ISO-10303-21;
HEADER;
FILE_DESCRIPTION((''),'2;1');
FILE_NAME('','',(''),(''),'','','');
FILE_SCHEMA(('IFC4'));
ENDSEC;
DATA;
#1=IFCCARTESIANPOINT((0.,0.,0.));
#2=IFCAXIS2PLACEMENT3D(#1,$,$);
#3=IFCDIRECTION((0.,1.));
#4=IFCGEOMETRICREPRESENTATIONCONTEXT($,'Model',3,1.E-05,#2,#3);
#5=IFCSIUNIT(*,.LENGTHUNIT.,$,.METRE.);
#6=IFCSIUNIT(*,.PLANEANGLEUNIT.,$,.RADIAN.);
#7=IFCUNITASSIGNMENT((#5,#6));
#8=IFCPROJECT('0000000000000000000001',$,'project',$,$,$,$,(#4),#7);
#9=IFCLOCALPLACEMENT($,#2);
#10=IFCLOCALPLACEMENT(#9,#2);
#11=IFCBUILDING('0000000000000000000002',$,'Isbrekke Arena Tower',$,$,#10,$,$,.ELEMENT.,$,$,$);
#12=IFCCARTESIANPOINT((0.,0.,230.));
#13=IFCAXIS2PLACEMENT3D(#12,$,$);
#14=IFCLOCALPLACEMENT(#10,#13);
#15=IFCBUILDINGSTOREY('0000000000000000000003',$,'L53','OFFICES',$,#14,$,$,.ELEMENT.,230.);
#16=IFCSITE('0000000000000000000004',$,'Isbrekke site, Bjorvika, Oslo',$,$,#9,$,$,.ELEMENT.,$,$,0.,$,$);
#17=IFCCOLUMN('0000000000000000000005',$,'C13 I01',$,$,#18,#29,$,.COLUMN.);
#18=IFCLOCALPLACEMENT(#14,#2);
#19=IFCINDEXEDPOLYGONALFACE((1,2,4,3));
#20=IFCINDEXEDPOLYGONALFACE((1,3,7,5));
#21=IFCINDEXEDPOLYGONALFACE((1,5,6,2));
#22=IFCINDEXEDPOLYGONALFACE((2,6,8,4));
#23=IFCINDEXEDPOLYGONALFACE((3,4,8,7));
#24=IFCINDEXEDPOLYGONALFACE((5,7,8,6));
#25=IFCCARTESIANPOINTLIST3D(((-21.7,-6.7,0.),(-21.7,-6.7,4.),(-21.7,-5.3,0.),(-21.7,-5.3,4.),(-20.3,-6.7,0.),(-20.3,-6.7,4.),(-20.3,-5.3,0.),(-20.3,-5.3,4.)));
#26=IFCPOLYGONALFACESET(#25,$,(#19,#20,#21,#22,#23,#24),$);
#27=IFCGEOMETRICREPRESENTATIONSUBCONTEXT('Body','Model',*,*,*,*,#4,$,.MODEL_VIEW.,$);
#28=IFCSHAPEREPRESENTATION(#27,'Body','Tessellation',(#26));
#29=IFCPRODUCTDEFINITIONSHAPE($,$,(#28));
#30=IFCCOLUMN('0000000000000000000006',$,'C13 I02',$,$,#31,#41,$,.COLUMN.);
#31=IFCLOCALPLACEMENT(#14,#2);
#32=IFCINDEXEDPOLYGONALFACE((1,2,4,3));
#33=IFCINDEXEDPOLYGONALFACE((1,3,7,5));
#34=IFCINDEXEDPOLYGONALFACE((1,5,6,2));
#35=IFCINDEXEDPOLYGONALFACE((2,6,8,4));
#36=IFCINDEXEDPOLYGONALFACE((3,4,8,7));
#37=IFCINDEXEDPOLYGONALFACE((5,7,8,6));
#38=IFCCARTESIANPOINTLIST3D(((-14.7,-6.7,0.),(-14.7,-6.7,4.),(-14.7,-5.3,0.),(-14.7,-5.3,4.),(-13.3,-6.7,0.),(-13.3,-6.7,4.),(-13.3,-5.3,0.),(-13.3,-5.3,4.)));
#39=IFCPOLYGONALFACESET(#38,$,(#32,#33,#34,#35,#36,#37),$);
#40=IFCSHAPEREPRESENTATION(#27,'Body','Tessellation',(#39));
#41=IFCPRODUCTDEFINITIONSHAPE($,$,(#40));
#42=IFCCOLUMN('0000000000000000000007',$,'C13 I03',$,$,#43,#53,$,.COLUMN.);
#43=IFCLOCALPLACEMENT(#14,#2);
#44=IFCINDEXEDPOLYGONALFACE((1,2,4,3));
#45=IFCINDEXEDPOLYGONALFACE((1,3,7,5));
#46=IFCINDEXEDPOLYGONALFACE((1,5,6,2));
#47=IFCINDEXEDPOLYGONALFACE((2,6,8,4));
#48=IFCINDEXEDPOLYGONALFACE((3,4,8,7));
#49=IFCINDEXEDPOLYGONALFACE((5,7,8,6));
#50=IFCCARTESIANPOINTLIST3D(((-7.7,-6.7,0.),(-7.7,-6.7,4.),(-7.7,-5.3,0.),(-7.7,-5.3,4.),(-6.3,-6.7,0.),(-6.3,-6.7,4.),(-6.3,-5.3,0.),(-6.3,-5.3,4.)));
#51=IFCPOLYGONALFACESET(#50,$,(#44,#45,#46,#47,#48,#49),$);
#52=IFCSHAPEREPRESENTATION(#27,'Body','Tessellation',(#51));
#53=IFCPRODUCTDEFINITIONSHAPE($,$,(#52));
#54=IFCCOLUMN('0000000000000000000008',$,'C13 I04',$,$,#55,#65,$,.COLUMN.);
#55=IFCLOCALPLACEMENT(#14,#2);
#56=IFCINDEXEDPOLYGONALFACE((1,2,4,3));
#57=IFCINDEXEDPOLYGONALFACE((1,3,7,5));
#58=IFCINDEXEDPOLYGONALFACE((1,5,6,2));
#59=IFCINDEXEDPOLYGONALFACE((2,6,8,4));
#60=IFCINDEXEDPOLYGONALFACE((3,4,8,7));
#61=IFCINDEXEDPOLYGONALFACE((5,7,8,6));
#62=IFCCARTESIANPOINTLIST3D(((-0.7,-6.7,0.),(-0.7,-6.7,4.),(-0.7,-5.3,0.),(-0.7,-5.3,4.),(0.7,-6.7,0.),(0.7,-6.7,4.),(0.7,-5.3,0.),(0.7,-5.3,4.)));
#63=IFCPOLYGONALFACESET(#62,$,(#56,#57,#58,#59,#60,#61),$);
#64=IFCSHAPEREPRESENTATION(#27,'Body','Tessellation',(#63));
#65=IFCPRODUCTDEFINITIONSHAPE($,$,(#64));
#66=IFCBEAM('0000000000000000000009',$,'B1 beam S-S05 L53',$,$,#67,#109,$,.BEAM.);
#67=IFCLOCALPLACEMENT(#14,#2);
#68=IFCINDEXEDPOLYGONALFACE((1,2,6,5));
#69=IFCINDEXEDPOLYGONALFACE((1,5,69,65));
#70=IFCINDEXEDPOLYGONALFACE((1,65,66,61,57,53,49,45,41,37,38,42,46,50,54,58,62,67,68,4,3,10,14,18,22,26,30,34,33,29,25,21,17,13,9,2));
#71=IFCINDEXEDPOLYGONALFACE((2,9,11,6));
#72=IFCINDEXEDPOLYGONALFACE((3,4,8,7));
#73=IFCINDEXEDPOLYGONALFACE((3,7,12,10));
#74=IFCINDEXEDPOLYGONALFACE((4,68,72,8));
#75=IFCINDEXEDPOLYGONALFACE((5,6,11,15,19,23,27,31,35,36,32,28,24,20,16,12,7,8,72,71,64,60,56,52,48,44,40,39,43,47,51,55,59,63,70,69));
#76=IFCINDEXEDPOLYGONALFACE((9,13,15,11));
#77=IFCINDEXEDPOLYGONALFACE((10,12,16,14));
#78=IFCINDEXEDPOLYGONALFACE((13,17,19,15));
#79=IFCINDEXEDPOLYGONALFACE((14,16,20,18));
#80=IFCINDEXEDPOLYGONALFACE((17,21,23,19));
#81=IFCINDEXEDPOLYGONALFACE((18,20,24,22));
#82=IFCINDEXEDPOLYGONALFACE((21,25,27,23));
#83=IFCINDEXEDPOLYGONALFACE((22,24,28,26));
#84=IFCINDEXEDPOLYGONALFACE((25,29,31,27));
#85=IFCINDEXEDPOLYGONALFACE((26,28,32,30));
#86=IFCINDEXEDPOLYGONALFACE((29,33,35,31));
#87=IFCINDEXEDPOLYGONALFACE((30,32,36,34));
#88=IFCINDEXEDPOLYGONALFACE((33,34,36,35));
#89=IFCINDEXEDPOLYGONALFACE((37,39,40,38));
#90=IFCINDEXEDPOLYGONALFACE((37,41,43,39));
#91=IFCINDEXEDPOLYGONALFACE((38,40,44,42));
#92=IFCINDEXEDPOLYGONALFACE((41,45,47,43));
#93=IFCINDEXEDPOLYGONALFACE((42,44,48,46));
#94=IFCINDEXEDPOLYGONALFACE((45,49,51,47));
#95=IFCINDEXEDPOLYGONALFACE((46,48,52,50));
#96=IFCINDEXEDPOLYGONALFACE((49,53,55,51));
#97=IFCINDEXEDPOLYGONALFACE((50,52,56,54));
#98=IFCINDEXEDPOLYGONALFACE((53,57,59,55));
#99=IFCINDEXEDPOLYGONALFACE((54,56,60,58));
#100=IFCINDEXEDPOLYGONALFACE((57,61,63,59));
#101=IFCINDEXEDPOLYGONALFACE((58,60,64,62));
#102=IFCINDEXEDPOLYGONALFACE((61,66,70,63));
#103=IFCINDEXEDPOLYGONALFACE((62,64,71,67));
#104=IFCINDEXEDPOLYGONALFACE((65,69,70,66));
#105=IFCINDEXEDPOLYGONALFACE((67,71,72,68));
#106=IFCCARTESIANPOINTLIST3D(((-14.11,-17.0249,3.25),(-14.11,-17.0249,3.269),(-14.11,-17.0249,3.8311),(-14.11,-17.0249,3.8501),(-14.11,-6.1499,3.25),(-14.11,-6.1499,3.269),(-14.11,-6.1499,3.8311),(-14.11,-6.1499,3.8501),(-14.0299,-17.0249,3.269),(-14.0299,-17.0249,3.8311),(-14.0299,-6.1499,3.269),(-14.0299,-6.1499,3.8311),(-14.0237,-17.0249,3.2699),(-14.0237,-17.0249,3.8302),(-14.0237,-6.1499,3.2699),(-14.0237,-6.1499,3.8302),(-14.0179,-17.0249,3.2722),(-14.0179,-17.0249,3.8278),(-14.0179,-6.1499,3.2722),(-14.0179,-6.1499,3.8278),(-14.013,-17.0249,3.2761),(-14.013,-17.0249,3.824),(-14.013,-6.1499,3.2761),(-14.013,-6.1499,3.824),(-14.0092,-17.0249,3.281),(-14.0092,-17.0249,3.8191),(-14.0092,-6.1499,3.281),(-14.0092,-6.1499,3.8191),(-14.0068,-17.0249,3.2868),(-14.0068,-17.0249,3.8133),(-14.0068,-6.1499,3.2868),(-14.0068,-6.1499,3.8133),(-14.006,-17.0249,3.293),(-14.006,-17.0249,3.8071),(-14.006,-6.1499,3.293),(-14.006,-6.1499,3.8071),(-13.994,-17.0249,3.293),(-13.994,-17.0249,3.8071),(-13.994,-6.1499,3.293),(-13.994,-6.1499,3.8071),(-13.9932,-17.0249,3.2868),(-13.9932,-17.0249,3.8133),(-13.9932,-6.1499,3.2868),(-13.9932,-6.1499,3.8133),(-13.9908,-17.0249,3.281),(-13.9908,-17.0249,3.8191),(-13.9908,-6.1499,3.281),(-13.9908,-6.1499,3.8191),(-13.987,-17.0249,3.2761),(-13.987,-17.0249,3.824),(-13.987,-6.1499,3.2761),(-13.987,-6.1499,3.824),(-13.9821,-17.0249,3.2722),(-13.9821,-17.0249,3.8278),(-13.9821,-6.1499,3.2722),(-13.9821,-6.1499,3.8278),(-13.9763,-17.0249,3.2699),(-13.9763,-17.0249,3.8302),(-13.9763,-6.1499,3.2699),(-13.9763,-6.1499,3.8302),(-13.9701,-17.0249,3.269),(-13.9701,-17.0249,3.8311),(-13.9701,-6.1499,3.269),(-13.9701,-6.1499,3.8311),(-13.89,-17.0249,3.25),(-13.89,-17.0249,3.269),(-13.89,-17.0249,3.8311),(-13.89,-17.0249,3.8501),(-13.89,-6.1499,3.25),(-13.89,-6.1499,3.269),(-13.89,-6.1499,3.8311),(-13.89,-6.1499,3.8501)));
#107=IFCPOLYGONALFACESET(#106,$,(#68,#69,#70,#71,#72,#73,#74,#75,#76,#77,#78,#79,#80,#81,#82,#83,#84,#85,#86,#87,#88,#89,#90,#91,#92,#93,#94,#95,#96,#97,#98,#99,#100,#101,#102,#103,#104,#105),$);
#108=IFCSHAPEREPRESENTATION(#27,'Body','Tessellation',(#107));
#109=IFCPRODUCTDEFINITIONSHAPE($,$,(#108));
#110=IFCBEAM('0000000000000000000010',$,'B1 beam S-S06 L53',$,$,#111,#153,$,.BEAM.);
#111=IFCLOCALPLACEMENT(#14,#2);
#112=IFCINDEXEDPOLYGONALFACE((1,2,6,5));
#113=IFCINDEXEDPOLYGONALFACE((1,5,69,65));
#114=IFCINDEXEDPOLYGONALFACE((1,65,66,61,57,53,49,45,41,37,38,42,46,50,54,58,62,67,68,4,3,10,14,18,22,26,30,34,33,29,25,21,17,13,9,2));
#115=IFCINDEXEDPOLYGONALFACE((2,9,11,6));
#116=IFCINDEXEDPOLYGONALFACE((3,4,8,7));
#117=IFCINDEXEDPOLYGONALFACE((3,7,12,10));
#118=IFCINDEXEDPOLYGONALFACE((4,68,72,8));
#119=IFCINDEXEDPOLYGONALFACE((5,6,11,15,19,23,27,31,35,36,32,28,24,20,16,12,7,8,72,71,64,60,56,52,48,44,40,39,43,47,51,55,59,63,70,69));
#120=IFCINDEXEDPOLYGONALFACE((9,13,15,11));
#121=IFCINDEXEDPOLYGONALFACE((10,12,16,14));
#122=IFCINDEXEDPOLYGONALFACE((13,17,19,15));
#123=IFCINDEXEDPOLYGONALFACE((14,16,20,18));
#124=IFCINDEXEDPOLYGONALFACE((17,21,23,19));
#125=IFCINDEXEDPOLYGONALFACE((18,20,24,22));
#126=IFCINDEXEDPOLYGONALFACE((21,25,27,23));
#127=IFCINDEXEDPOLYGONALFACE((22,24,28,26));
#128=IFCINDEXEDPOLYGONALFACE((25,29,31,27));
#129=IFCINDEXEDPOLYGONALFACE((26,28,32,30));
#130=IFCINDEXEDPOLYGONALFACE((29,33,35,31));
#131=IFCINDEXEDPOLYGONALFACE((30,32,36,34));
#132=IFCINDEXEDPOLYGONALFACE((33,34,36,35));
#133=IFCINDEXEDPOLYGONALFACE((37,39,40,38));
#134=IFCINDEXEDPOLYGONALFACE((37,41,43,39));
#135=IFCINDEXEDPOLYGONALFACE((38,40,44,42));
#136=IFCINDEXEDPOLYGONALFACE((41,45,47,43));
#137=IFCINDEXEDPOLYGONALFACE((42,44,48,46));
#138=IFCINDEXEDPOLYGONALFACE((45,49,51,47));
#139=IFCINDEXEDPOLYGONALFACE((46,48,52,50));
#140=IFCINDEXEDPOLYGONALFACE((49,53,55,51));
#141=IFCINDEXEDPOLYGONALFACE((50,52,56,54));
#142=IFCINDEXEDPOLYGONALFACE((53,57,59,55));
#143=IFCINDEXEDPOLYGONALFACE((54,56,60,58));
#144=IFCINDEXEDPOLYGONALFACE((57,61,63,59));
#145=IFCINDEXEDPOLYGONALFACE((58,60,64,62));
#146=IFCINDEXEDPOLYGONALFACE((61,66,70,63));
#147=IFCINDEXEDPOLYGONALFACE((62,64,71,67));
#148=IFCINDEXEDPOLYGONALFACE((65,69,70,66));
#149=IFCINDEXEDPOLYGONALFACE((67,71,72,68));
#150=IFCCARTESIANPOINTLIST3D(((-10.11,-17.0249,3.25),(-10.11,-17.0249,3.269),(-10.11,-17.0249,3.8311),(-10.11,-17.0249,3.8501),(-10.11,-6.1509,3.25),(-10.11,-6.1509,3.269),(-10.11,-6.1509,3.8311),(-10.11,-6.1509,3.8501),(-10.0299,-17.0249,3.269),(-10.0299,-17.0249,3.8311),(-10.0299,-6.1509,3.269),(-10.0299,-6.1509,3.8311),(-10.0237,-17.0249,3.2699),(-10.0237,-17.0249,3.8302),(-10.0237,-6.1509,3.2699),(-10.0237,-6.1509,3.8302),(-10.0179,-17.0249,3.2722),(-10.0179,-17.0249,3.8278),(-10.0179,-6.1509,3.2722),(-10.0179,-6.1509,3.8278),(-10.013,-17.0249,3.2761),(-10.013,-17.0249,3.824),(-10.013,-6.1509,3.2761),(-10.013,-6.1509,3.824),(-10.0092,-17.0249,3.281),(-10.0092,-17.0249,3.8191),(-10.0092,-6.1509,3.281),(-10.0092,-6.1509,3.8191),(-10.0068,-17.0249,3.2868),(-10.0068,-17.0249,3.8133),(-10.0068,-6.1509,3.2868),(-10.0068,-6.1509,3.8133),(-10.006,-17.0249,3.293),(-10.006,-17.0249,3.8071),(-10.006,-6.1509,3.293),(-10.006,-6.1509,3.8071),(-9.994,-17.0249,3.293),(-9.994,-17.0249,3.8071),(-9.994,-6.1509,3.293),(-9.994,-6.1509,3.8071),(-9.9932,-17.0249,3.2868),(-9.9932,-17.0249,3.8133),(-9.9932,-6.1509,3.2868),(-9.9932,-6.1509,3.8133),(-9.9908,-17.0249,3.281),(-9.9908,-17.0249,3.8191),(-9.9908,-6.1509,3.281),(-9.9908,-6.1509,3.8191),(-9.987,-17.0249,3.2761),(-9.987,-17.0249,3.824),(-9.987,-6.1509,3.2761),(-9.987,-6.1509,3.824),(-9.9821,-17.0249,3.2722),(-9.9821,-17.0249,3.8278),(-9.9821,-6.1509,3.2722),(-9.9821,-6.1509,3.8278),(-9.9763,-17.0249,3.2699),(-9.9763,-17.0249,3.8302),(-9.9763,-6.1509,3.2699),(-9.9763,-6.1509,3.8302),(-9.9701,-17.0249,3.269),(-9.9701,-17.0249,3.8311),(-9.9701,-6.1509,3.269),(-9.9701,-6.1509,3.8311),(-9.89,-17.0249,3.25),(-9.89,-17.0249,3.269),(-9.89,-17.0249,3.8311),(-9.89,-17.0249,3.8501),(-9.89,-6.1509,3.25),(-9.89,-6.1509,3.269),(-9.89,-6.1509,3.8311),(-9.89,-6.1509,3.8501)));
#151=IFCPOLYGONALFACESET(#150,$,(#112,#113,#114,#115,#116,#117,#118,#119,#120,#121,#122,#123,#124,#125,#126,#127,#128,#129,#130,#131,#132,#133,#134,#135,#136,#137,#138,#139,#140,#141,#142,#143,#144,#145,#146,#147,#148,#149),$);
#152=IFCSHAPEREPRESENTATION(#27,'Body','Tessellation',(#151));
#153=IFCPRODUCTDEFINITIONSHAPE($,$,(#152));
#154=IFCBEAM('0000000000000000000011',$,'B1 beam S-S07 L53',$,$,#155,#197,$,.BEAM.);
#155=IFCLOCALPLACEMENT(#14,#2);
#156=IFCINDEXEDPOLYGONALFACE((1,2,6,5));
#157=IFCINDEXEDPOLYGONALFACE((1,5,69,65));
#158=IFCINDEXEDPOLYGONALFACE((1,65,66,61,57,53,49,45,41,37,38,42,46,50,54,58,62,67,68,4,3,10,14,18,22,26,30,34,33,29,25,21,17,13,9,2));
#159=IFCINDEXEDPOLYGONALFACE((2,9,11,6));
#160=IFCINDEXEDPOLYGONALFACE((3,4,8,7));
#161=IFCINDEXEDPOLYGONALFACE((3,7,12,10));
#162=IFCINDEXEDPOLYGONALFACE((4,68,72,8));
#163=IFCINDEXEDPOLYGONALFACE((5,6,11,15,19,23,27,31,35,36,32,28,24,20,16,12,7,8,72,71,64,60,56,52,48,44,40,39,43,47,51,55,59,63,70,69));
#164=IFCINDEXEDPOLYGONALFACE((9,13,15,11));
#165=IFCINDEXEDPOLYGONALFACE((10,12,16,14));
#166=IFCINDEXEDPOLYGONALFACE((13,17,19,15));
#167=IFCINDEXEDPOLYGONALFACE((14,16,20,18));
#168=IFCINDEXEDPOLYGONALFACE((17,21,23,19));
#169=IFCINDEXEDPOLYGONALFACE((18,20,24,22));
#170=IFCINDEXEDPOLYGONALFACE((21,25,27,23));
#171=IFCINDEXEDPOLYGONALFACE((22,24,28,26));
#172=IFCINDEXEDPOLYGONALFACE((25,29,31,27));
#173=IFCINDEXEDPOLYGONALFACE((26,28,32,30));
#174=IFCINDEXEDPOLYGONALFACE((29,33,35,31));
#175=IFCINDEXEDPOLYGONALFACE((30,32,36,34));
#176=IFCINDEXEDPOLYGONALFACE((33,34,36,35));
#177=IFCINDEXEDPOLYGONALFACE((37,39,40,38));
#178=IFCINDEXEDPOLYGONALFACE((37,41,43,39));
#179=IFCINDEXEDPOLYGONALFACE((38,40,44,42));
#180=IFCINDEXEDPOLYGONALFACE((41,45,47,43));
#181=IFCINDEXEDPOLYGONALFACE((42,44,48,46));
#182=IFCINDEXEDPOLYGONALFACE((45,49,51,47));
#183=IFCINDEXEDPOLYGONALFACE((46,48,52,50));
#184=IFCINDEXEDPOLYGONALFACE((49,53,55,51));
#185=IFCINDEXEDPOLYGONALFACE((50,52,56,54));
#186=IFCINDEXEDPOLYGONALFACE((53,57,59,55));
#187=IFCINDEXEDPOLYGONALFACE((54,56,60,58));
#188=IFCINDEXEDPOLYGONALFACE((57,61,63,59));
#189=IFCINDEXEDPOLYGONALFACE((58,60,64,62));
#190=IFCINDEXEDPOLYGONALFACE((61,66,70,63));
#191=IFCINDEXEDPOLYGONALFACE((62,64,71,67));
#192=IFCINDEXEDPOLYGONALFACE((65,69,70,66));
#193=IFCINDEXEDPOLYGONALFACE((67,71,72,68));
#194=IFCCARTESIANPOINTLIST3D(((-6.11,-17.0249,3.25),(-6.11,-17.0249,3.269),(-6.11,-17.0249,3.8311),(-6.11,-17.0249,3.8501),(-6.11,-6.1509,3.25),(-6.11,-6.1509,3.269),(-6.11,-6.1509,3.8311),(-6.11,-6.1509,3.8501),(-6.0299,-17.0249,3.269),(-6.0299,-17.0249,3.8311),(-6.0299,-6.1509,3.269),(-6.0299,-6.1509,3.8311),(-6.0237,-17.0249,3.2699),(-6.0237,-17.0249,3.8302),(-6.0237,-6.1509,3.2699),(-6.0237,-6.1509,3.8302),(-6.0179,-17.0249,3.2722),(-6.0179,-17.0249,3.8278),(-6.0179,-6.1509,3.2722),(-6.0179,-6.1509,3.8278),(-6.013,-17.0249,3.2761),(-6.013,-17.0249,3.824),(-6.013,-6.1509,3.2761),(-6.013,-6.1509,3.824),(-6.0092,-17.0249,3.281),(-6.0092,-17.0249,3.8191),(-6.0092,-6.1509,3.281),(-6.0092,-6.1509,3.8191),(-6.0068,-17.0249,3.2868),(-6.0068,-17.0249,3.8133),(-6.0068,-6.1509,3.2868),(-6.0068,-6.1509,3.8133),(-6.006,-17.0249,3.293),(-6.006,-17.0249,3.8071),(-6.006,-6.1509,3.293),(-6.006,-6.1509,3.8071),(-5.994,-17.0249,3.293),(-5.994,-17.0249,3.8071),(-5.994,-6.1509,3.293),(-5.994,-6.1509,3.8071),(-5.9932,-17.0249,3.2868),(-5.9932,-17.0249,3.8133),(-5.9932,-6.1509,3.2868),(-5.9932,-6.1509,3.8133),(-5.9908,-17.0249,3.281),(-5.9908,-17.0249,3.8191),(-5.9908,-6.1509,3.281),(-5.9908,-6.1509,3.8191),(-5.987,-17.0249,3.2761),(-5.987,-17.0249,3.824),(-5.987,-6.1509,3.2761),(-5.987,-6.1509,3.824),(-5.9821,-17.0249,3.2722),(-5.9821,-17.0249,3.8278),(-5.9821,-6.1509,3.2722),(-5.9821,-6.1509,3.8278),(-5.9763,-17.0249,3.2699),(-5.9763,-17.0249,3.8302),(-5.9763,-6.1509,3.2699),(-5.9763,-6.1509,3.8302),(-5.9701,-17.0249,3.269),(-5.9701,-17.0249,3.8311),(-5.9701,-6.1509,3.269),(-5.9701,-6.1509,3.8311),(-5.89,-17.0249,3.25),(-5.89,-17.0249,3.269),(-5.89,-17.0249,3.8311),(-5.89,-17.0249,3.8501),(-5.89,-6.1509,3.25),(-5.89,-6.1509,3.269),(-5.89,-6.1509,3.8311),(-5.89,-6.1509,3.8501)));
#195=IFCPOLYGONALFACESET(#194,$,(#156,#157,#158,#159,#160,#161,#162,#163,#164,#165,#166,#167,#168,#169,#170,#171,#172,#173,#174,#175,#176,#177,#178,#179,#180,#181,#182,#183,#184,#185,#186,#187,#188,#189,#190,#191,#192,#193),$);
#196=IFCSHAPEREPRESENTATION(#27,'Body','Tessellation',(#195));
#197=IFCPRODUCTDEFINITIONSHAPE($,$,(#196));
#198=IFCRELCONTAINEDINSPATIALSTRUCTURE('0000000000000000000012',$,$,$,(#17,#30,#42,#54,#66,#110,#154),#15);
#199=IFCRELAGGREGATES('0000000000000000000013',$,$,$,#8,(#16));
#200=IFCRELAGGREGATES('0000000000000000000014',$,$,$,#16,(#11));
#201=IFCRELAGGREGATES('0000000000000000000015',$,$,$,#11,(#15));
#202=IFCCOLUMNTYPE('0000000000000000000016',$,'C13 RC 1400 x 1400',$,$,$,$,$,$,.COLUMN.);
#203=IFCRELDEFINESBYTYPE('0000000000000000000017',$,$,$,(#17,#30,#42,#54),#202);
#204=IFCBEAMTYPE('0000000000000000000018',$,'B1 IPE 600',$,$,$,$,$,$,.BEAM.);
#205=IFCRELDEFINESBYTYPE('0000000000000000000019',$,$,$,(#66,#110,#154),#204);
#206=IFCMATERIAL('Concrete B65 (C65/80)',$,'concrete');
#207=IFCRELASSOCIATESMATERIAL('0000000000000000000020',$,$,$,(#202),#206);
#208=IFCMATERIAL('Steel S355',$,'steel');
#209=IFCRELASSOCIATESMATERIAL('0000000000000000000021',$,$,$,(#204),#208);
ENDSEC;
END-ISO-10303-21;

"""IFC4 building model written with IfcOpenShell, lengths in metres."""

from ifc_helpers import new_model, si_unit, direction, frame, origin, origin_2d, place, context, subcontext, project, spatial, rectangle, i_section, extrude, material, material_profile, profile_set, type_object, element, save


model = new_model("IFC4")

# Units and contexts
model_context = context("Model", 3, precision=1e-05, world=origin(), true_north=direction((0.0, 1.0)))
body_context = subcontext(model_context, "Body", "Model", "MODEL_VIEW")
ifc_project = project(units=[si_unit("LENGTHUNIT", "METRE"), si_unit("PLANEANGLEUNIT", "RADIAN")], contexts=[model_context])

# Site, building, storey
site_placement = place(None, origin())
site = spatial("IfcSite", under=ifc_project, at=site_placement, Name="Isbrekke site, Bjorvika, Oslo", CompositionType="ELEMENT", RefElevation=0.0)
building_placement = place(site_placement, origin())
building = spatial("IfcBuilding", under=site, at=building_placement, Name="Isbrekke Arena Tower", CompositionType="ELEMENT")
storey_placement = place(building_placement, frame((0.0, 0.0, 230.0)))
storey = spatial("IfcBuildingStorey", under=building, at=storey_placement, Name="L53", Description="OFFICES", CompositionType="ELEMENT", Elevation=230.0)

# Columns
ifc_material_1 = material(Name="Concrete B65 (C65/80)", Category="concrete")
ifc_material_profile_1 = material_profile(ifc_material_1, rectangle(XDim=1.3999, YDim=1.3999, at=origin_2d()), Name="RC 1400x1400")
ifc_profile_set_1 = profile_set([ifc_material_profile_1], Name="Concrete B65 (C65/80)")
column_type = type_object("IfcColumnType", Name="C13 RC 1400 x 1400", PredefinedType="COLUMN", material=ifc_profile_set_1)
for number, where, z_axis, x_axis, name in (
    (1, (-21.0, -6.0, 0.0), (0.0, 0.0, 1.0), (1.0, 0.0, 0.0), "C13 I01"),
    (2, (-14.0, -6.0, 0.0), (0.0, 0.0, 1.0), (1.0, 0.0, 0.0), "C13 I02"),
    (3, (-7.0, -6.0, 0.0), (0.0, 0.0, 1.0), (1.0, 0.0, 0.0), "C13 I03"),
    (4, (0.0, -6.0, 0.0), (0.0, 0.0, 1.0), (1.0, 0.0, 0.0), "C13 I04"),
):
    element("IfcColumn", number, at=place(storey_placement, frame(where, z_axis=z_axis, x_axis=x_axis)), inside=storey, type_object=column_type, Name=name, PredefinedType="COLUMN", context=body_context, shape_type="SweptSolid", body=[
        extrude(rectangle(XDim=1.3999, YDim=1.3999, at=origin_2d()), origin(), (0.0, 0.0, 1.0), 4.0),
    ])

# Beams
ifc_material_2 = material(Name="Steel S355", Category="steel")
ifc_material_profile_2 = material_profile(ifc_material_2, i_section(OverallWidth=0.22, OverallDepth=0.6001, WebThickness=0.012, FlangeThickness=0.019, FilletRadius=0.0239, at=origin_2d()), Name="IPE 600")
ifc_profile_set_2 = profile_set([ifc_material_profile_2], Name="Steel S355")
beam_type_1 = type_object("IfcBeamType", Name="B1 IPE 600", PredefinedType="BEAM", material=ifc_profile_set_2)
beam_1_placement = place(storey_placement, frame((-14.0, -17.0249, 3.55), z_axis=(0.0, 1.0, 0.0), x_axis=(-1.0, 0.0, 0.0)))
element("IfcBeam", 5, at=beam_1_placement, inside=storey, type_object=beam_type_1, Name="B1 beam S-S05 L53", PredefinedType="BEAM", context=body_context, shape_type="SweptSolid", body=[
    extrude(i_section(OverallWidth=0.22, OverallDepth=0.6001, WebThickness=0.012, FlangeThickness=0.019, FilletRadius=0.0239, at=origin_2d()), origin(), (0.0, 0.0, 1.0), 10.875),
])
for number, where, z_axis, x_axis, name in (
    (6, (-10.0, -17.0249, 3.55), (0.0, 1.0, 0.0), (-1.0, 0.0, 0.0), "B1 beam S-S06 L53"),
    (7, (-6.0, -17.0249, 3.55), (0.0, 1.0, 0.0), (-1.0, 0.0, 0.0), "B1 beam S-S07 L53"),
):
    element("IfcBeam", number, at=place(storey_placement, frame(where, z_axis=z_axis, x_axis=x_axis)), inside=storey, type_object=beam_type_1, Name=name, PredefinedType="BEAM", context=body_context, shape_type="SweptSolid", body=[
        extrude(i_section(OverallWidth=0.22, OverallDepth=0.6001, WebThickness=0.012, FlangeThickness=0.019, FilletRadius=0.0239, at=origin_2d()), origin(), (0.0, 0.0, 1.0), 10.874),
    ])

save(model, "model.ifc")
